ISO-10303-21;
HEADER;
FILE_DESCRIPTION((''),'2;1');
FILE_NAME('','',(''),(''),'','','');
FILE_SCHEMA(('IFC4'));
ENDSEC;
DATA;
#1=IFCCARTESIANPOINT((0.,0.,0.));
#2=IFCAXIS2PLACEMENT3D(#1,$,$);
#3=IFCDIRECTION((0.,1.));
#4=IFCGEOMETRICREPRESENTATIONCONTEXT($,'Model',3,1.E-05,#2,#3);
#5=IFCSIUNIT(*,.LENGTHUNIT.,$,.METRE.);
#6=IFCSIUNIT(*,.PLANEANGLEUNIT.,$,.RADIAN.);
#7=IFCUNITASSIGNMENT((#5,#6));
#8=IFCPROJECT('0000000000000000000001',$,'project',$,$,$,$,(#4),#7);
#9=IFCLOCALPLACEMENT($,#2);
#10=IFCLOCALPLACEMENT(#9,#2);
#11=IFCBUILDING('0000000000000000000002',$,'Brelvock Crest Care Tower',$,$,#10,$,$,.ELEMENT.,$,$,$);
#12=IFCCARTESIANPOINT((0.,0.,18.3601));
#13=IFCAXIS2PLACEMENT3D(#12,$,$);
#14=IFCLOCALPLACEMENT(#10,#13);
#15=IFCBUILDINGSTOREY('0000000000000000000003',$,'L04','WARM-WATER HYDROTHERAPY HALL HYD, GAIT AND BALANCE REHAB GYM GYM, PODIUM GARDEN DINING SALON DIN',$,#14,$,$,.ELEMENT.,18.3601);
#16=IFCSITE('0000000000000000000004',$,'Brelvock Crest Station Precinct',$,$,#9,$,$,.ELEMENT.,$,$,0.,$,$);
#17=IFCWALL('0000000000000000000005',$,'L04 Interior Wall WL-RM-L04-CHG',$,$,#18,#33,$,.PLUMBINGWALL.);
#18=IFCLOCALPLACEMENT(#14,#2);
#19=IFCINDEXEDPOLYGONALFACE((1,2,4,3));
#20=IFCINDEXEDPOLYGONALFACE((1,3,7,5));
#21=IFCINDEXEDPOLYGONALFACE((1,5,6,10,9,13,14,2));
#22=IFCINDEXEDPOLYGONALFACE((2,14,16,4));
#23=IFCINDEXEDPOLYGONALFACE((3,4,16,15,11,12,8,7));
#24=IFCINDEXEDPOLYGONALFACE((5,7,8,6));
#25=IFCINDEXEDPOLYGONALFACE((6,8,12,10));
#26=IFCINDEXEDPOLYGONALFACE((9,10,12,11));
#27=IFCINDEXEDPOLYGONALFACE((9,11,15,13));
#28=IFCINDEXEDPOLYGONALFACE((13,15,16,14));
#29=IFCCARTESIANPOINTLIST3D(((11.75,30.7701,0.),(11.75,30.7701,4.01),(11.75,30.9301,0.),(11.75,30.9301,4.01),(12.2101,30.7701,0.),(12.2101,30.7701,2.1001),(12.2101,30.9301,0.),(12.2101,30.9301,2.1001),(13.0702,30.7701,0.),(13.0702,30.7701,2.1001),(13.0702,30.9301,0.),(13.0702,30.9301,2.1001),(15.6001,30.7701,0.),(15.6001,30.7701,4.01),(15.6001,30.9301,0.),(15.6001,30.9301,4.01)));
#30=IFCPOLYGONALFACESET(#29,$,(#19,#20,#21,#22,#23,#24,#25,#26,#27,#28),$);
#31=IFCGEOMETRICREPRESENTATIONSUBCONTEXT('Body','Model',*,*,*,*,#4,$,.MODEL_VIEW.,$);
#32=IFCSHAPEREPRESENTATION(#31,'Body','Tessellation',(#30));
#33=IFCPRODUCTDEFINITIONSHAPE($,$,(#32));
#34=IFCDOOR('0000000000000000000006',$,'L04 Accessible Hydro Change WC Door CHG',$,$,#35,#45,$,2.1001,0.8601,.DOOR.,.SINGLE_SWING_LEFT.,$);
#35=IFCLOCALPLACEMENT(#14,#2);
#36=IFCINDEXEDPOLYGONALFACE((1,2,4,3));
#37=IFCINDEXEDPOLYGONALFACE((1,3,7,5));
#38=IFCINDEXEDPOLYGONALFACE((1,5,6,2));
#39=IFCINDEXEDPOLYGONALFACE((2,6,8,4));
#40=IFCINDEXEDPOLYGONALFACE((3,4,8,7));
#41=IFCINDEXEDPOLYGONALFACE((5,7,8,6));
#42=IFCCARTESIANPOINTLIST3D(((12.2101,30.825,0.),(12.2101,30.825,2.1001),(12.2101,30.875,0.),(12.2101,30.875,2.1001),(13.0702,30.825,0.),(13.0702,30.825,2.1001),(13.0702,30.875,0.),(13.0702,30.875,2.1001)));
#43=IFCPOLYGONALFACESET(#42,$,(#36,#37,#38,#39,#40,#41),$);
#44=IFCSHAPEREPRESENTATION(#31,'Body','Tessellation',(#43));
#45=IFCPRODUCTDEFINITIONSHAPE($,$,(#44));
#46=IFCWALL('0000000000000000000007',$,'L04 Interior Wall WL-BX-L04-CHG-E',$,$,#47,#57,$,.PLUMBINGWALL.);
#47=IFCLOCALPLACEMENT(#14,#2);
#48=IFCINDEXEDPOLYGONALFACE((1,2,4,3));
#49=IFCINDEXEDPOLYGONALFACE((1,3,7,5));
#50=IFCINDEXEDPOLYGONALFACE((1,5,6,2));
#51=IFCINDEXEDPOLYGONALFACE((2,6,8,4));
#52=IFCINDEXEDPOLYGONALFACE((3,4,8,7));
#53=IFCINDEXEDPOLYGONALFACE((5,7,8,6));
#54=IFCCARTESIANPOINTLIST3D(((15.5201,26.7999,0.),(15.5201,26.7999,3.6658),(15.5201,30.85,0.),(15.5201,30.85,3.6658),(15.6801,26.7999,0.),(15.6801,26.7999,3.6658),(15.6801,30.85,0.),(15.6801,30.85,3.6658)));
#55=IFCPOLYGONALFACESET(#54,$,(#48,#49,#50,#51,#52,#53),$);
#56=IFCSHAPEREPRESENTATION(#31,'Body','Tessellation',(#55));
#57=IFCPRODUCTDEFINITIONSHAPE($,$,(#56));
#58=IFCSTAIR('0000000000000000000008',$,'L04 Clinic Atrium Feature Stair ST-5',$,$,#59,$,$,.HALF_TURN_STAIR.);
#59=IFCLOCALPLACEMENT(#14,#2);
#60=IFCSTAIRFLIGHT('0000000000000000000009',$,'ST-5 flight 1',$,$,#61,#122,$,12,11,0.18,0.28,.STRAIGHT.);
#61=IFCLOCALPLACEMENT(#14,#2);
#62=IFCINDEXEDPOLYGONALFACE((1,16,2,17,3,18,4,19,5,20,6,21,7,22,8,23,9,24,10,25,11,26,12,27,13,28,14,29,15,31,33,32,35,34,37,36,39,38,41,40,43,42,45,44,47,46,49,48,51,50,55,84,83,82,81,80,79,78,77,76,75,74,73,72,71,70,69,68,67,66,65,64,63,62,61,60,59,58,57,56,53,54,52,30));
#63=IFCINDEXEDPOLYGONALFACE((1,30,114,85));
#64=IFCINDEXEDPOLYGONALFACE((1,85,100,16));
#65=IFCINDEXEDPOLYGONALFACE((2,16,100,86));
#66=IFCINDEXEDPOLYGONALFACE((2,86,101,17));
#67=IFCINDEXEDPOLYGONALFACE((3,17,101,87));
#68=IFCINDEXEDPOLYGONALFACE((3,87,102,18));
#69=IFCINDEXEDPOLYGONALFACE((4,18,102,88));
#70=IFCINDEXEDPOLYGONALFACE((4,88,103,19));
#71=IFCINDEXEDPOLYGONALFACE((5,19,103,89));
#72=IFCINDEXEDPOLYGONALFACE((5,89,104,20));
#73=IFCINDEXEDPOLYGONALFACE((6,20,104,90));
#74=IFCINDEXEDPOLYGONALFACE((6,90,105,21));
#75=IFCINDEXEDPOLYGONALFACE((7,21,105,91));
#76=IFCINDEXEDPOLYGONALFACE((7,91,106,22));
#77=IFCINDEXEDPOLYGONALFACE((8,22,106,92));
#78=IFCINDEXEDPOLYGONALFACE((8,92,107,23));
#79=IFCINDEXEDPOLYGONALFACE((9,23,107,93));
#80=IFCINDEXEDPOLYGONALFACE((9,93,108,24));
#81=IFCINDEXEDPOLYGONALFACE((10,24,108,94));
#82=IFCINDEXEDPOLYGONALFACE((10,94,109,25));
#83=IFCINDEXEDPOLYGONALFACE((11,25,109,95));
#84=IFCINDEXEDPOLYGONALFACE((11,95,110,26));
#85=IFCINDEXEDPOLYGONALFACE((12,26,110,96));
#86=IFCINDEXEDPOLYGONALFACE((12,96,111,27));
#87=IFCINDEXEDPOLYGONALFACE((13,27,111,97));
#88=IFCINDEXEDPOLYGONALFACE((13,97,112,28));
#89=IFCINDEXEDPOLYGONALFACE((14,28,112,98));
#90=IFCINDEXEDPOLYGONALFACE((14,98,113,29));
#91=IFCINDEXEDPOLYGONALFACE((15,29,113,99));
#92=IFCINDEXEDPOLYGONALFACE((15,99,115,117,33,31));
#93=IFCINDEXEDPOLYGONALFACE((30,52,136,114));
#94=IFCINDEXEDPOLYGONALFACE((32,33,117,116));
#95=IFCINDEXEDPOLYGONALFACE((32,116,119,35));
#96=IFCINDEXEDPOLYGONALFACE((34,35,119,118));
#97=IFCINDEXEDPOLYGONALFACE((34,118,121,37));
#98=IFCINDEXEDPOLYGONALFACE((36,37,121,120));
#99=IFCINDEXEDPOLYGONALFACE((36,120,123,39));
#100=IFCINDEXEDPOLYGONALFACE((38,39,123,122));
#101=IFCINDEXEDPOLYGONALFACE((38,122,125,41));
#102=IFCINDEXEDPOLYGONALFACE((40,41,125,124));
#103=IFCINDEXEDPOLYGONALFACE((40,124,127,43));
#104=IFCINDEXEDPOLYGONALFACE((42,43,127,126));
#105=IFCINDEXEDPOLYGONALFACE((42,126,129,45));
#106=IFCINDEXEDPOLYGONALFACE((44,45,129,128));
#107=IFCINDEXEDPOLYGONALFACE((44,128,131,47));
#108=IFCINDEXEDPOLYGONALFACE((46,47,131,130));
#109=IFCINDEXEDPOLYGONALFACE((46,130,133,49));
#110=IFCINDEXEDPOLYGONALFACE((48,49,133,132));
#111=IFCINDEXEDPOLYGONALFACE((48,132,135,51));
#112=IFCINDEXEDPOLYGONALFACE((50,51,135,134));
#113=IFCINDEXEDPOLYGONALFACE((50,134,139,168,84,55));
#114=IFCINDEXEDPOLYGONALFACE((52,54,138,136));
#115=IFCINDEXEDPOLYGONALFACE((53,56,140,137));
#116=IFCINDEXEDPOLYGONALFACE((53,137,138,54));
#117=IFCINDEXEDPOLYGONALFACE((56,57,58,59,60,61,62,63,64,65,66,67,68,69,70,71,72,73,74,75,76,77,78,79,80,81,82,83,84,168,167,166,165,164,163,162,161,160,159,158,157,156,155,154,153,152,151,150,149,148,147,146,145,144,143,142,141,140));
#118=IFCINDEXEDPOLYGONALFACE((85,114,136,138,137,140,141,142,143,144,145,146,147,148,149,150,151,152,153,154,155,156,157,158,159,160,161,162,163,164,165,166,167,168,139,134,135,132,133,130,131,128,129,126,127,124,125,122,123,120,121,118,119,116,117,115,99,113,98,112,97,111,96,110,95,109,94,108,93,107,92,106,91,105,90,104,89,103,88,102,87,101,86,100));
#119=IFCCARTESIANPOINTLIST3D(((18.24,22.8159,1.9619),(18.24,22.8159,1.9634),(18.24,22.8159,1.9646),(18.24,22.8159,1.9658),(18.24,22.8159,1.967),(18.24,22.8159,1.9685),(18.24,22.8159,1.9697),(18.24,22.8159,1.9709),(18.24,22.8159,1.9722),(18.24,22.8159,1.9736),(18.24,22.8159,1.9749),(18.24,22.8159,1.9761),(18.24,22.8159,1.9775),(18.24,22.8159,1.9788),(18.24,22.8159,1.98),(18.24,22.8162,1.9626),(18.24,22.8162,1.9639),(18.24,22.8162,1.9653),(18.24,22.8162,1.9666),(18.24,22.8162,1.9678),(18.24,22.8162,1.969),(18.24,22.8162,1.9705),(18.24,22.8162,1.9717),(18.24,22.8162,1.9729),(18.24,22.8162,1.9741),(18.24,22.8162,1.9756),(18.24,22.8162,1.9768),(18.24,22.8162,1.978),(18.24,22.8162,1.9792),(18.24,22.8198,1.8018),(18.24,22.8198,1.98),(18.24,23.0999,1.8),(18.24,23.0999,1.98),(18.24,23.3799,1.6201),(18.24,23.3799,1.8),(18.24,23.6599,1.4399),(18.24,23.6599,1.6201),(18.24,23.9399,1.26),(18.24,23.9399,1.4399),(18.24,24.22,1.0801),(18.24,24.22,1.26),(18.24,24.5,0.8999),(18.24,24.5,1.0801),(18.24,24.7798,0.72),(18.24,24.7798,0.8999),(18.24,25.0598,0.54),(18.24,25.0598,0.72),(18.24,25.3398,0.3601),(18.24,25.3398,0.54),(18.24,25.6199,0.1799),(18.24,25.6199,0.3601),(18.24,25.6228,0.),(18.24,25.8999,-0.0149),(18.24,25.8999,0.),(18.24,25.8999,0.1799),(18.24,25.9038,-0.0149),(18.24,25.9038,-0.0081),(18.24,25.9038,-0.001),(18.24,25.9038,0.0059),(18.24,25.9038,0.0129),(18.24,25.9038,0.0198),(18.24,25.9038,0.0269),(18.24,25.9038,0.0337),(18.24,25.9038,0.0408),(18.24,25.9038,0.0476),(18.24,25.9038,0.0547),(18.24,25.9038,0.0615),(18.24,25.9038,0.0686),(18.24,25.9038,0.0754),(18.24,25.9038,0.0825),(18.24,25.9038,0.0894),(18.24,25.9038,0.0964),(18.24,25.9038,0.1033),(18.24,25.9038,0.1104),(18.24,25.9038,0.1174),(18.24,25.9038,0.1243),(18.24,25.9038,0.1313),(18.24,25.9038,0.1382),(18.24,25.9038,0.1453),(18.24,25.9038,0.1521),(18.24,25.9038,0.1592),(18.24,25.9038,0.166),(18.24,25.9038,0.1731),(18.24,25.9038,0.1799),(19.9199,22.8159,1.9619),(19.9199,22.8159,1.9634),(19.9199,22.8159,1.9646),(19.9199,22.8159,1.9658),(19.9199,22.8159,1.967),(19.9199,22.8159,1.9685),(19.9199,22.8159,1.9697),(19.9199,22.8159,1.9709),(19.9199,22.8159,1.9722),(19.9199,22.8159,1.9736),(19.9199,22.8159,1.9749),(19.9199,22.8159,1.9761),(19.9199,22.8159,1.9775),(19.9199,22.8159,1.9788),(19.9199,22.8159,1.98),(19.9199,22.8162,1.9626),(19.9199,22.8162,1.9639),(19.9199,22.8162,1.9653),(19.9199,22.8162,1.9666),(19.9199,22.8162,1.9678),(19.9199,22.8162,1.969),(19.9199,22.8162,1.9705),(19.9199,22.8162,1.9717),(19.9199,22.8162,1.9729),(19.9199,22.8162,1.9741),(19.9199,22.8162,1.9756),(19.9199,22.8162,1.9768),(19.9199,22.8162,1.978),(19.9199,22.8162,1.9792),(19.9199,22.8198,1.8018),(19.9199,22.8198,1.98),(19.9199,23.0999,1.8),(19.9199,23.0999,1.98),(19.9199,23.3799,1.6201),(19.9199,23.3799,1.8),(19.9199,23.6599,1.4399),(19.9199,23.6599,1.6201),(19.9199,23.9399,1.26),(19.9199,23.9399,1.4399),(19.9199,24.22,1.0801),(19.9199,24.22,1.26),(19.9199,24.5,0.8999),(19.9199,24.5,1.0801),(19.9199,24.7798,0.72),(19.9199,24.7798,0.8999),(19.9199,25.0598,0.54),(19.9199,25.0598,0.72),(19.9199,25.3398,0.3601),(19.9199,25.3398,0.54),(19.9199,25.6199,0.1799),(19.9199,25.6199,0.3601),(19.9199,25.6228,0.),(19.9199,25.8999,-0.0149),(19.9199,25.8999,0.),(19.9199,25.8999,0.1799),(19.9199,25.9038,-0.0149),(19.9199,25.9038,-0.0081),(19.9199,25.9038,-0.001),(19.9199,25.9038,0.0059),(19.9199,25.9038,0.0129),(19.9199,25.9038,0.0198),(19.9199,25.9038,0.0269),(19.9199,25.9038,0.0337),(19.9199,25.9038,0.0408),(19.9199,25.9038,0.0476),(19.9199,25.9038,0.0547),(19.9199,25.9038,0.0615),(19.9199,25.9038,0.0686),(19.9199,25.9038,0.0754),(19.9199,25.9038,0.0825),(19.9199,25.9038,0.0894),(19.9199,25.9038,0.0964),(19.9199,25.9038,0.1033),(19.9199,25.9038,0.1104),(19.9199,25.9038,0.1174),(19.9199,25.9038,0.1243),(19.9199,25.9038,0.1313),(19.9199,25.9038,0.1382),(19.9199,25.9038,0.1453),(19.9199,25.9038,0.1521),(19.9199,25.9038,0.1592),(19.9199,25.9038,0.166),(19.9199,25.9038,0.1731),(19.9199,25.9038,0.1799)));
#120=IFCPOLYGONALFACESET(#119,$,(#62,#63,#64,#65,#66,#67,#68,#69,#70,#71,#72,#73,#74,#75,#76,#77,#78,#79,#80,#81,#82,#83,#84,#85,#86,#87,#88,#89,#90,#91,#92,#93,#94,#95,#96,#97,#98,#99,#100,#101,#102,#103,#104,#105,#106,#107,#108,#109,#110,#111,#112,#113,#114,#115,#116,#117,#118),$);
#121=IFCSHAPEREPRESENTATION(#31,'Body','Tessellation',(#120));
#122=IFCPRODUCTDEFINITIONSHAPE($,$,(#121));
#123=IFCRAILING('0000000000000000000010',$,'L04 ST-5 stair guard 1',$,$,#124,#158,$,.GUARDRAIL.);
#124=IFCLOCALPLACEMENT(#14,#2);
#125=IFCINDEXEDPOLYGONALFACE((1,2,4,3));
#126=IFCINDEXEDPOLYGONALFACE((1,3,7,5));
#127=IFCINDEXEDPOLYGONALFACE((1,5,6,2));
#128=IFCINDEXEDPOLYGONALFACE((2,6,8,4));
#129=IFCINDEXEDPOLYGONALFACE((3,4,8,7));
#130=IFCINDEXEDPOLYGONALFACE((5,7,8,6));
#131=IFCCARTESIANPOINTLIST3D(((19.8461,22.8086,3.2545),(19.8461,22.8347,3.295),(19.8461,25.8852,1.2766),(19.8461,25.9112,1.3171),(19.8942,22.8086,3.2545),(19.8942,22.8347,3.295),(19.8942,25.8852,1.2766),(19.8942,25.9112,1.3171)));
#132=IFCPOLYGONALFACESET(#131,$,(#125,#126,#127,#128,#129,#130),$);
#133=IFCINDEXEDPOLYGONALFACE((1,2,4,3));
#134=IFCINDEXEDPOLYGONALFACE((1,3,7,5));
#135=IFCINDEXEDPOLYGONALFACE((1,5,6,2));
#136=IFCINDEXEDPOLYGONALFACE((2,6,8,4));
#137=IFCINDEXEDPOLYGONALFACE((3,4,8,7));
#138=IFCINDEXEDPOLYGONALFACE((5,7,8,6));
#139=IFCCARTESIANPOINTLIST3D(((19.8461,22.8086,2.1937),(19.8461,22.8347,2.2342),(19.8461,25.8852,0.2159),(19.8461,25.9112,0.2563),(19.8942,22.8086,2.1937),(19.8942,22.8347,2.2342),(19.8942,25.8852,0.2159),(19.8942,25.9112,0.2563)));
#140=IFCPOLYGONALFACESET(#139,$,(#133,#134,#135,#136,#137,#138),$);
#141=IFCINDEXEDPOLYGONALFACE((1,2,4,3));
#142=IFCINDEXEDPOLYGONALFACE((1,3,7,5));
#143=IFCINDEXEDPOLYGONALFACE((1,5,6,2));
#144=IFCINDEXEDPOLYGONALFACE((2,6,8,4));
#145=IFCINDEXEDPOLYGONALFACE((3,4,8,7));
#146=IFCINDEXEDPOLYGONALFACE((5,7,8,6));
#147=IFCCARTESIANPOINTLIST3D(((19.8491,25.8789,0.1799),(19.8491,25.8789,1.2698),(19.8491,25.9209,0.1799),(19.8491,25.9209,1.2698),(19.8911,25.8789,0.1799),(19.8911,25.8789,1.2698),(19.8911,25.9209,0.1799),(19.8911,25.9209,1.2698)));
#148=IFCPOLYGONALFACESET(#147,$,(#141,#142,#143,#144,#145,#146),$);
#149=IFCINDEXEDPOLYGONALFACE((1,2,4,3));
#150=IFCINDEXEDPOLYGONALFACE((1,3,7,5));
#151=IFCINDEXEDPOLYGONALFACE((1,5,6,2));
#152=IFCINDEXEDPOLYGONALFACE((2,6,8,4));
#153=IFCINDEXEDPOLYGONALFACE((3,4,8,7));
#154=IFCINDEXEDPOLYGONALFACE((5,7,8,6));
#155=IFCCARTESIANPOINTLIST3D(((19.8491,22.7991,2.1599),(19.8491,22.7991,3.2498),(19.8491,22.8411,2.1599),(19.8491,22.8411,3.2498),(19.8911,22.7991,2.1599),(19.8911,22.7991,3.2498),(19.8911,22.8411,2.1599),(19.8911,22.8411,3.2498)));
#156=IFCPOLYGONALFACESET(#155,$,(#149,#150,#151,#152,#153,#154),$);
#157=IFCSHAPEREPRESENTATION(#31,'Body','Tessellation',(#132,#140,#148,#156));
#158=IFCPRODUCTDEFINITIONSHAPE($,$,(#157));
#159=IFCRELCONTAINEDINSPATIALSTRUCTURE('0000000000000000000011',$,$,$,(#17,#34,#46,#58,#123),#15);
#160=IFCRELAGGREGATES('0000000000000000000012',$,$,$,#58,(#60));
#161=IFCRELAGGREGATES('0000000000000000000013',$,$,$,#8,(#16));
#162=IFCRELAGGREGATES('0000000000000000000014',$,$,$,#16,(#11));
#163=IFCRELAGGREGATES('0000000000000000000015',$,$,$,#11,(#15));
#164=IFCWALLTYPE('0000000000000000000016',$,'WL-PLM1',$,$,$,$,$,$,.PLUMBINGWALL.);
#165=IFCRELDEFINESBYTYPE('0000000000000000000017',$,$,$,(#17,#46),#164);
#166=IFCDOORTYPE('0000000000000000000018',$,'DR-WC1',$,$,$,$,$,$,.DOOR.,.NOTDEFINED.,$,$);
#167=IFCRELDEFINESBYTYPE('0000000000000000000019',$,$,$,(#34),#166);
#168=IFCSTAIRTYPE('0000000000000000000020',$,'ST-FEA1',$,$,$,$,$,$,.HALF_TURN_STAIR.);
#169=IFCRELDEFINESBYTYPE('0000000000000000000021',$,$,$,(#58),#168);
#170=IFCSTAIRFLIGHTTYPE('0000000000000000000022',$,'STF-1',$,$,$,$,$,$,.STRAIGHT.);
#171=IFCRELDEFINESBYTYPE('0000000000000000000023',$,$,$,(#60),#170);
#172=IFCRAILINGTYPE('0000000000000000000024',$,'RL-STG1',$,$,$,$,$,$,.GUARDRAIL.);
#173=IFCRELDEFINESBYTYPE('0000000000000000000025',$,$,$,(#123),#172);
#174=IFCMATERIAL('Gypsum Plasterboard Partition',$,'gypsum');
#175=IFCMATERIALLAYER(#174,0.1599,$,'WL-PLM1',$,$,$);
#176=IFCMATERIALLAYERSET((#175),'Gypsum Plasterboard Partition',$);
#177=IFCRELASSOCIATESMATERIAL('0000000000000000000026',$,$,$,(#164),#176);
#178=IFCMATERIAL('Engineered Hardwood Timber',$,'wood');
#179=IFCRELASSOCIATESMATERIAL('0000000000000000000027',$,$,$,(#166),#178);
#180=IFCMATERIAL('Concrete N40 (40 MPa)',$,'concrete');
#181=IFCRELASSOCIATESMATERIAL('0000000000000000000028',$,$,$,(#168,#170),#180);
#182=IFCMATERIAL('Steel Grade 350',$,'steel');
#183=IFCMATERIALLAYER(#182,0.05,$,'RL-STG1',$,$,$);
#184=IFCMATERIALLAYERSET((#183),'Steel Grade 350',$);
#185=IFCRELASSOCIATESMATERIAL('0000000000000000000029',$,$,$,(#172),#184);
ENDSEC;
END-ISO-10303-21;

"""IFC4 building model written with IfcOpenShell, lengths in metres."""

from ifc_helpers import new_model, si_unit, direction, frame, frame_2d, origin, origin_2d, place, context, subcontext, project, spatial, polyline, rectangle, outline, extrude, source, transform, mapped, material, layer, layer_set, type_object, element, fill, aggregate, save


model = new_model("IFC4")

# Units and contexts
model_context = context("Model", 3, precision=1e-05, world=origin(), true_north=direction((0.0, 1.0)))
body_context = subcontext(model_context, "Body", "Model", "MODEL_VIEW")
ifc_project = project(units=[si_unit("LENGTHUNIT", "METRE"), si_unit("PLANEANGLEUNIT", "RADIAN")], contexts=[model_context])

# Site, building, storey
site_placement = place(None, origin())
site = spatial("IfcSite", under=ifc_project, at=site_placement, Name="Brelvock Crest Station Precinct", CompositionType="ELEMENT", RefElevation=0.0)
building_placement = place(site_placement, origin())
building = spatial("IfcBuilding", under=site, at=building_placement, Name="Brelvock Crest Care Tower", CompositionType="ELEMENT")
storey_placement = place(building_placement, frame((0.0, 0.0, 18.3601)))
storey = spatial("IfcBuildingStorey", under=building, at=storey_placement, Name="L04", Description="WARM-WATER HYDROTHERAPY HALL HYD, GAIT AND BALANCE REHAB GYM GYM, PODIUM GARDEN DINING SALON DIN", CompositionType="ELEMENT", Elevation=18.3601)

# Shared definitions
ifc_material_1 = material(Name="Steel Grade 350", Category="steel")

# Shared definitions
ifc_material_2 = material(Name="Gypsum Plasterboard Partition", Category="gypsum")
ifc_layer_1 = layer(ifc_material_2, 0.1599, Name="WL-PLM1")
ifc_layer_set_1 = layer_set([ifc_layer_1], Name="Gypsum Plasterboard Partition")
wall_type_1 = type_object("IfcWallType", Name="WL-PLM1", PredefinedType="PLUMBINGWALL", material=ifc_layer_set_1)

# Wall, opening, door
wall_1_placement = place(storey_placement, frame((11.75, 30.8501, 0.0), z_axis=(0.0, 0.0, 1.0), x_axis=(1.0, 0.0, 0.0)))
wall_1 = element("IfcWall", 1, at=wall_1_placement, inside=storey, type_object=wall_type_1, Name="L04 Interior Wall WL-RM-L04-CHG", PredefinedType="PLUMBINGWALL", context=body_context, shape_type="SweptSolid", body=[
    extrude(rectangle(XDim=3.8501, YDim=0.1599, at=frame_2d((1.925, 0.0))), origin(), (0.0, 0.0, 1.0), 4.01),
])
opening_placement = place(wall_1_placement, frame((0.46, 0.0, 0.0)))
opening = element("IfcOpeningElement", 2, at=opening_placement, cuts=wall_1, PredefinedType="OPENING", context=body_context, shape_type="SweptSolid", body=[
    extrude(rectangle(XDim=0.8601, YDim=2.1001, at=origin_2d()), frame((0.4302, 0.0898, 1.05), z_axis=(0.0, -1.0, 0.0), x_axis=(1.0, 0.0, 0.0)), (0.0, 0.0, 1.0), 0.1799),
])
ifc_material_3 = material(Name="Engineered Hardwood Timber", Category="wood")
door_type = type_object("IfcDoorType", Name="DR-WC1", OperationType="NOTDEFINED", PredefinedType="DOOR", material=ifc_material_3)
shared_shape_1 = source(origin(), body_context, "Body", "SweptSolid", [
    extrude(rectangle(XDim=0.8601, YDim=2.1001, at=origin_2d()), frame((0.4302, 0.0249, 1.05), z_axis=(0.0, -1.0, 0.0), x_axis=(1.0, 0.0, 0.0)), (0.0, 0.0, 1.0), 0.05),
])
door_placement = place(opening_placement, origin())
door = element("IfcDoor", 3, at=door_placement, inside=storey, type_object=door_type, Name="L04 Accessible Hydro Change WC Door CHG", OperationType="SINGLE_SWING_LEFT", OverallHeight=2.1001, OverallWidth=0.8601, PredefinedType="DOOR", context=body_context, shape_type="MappedRepresentation", body=[
    mapped(shared_shape_1, transform((0.0, 0.0, 0.0), x_axis=(1.0, 0.0, 0.0), y_axis=(0.0, 1.0, 0.0), z_axis=(0.0, 0.0, 1.0), scale=1.0)),
])
fill(opening, door)

# Wall
wall_2_placement = place(storey_placement, frame((15.6001, 26.8, 0.0), z_axis=(0.0, 0.0, 1.0), x_axis=(0.0, 1.0, 0.0)))
element("IfcWall", 4, at=wall_2_placement, inside=storey, type_object=wall_type_1, Name="L04 Interior Wall WL-BX-L04-CHG-E", PredefinedType="PLUMBINGWALL", context=body_context, shape_type="SweptSolid", body=[
    extrude(rectangle(XDim=4.05, YDim=0.1599, at=frame_2d((2.0249, 0.0))), origin(), (0.0, 0.0, 1.0), 3.6658),
])

# Stair, stair flight
ifc_material_4 = material(Name="Concrete N40 (40 MPa)", Category="concrete")
stair_type = type_object("IfcStairType", Name="ST-FEA1", PredefinedType="HALF_TURN_STAIR", material=ifc_material_4)
stair_placement = place(storey_placement, origin())
stair = element("IfcStair", 5, at=stair_placement, inside=storey, type_object=stair_type, Name="L04 Clinic Atrium Feature Stair ST-5", PredefinedType="HALF_TURN_STAIR")
stair_flight_type = type_object("IfcStairFlightType", Name="STF-1", PredefinedType="STRAIGHT", material=ifc_material_4)
stair_flight_placement = place(storey_placement, frame((19.0801, 25.8999, 0.0), z_axis=(0.0, 0.0, 1.0), x_axis=(0.0, -1.0, 0.0)))
stair_flight = element("IfcStairFlight", 6, at=stair_flight_placement, type_object=stair_flight_type, Name="ST-5 flight 1", NumberOfRisers=12, NumberOfTreads=11, PredefinedType="STRAIGHT", RiserHeight=0.18, TreadLength=0.28, context=body_context, shape_type="SweptSolid", body=[
    extrude(outline(polyline([(-0.0039, -0.0149), (-0.0039, -0.0081), (-0.0039, -0.001), (-0.0039, 0.0059), (-0.0039, 0.0129), (-0.0039, 0.0198), (-0.0039, 0.0269), (-0.0039, 0.0337), (-0.0039, 0.0408), (-0.0039, 0.0476), (-0.0039, 0.0547), (-0.0039, 0.0615), (-0.0039, 0.0686), (-0.0039, 0.0754), (-0.0039, 0.0825), (-0.0039, 0.0894), (-0.0039, 0.0964), (-0.0039, 0.1033), (-0.0039, 0.1104), (-0.0039, 0.1174), (-0.0039, 0.1243), (-0.0039, 0.1313), (-0.0039, 0.1382), (-0.0039, 0.1453), (-0.0039, 0.1521), (-0.0039, 0.1592), (-0.0039, 0.166), (-0.0039, 0.1731), (-0.0039, 0.1799), (0.0, 0.1799), (0.28, 0.1799), (0.28, 0.3601), (0.5601, 0.3601), (0.5601, 0.54), (0.8401, 0.54), (0.8401, 0.72), (1.1201, 0.72), (1.1201, 0.8999), (1.3999, 0.8999), (1.3999, 1.0801), (1.6799, 1.0801), (1.6799, 1.26), (1.96, 1.26), (1.96, 1.4399), (2.24, 1.4399), (2.24, 1.6201), (2.52, 1.6201), (2.52, 1.8), (2.8, 1.8), (2.8, 1.98), (3.0801, 1.98), (3.084, 1.98), (3.0837, 1.9792), (3.084, 1.9788), (3.0837, 1.978), (3.084, 1.9775), (3.0837, 1.9768), (3.084, 1.9761), (3.0837, 1.9756), (3.084, 1.9749), (3.0837, 1.9741), (3.084, 1.9736), (3.0837, 1.9729), (3.084, 1.9722), (3.0837, 1.9717), (3.084, 1.9709), (3.0837, 1.9705), (3.084, 1.9697), (3.0837, 1.969), (3.084, 1.9685), (3.0837, 1.9678), (3.084, 1.967), (3.0837, 1.9666), (3.084, 1.9658), (3.0837, 1.9653), (3.084, 1.9646), (3.0837, 1.9639), (3.084, 1.9634), (3.0837, 1.9626), (3.084, 1.9619), (3.0801, 1.8018), (0.2771, 0.0), (0.0, 0.0), (0.0, -0.0149), (-0.0039, -0.0149)])), frame((0.0, 0.8398, 0.0), z_axis=(0.0, -1.0, 0.0), x_axis=(1.0, 0.0, 0.0)), (0.0, 0.0, 1.0), 1.6799),
])
aggregate(stair, [stair_flight])

# Railing
ifc_layer_2 = layer(ifc_material_1, 0.05, Name="RL-STG1")
ifc_layer_set_2 = layer_set([ifc_layer_2], Name="Steel Grade 350")
railing_type_1 = type_object("IfcRailingType", Name="RL-STG1", PredefinedType="GUARDRAIL", material=ifc_layer_set_2)
railing_1_placement = place(storey_placement, frame((19.8701, 25.8999, 0.1799)))
element("IfcRailing", 7, at=railing_1_placement, inside=storey, type_object=railing_type_1, Name="L04 ST-5 stair guard 1", PredefinedType="GUARDRAIL", context=body_context, shape_type="SweptSolid", body=[
    extrude(rectangle(XDim=0.0481, YDim=0.0481, at=origin_2d()), frame((0.0, -0.0017, 1.1169), z_axis=(0.0, -0.841168, 0.540774), x_axis=(1.0, 0.0, 0.0)), (0.0, 0.0, 1.0), 3.6575),
    extrude(rectangle(XDim=0.0481, YDim=0.0481, at=origin_2d()), frame((0.0, -0.0017, 0.0562), z_axis=(0.0, -0.841168, 0.540774), x_axis=(1.0, 0.0, 0.0)), (0.0, 0.0, 1.0), 3.6575),
    extrude(rectangle(XDim=0.042, YDim=0.042, at=origin_2d()), origin(), (0.0, 0.0, 1.0), 1.0898),
    extrude(rectangle(XDim=0.042, YDim=0.042, at=origin_2d()), frame((0.0, -3.0798, 1.98)), (0.0, 0.0, 1.0), 1.0898),
])

save(model, "model.ifc")
